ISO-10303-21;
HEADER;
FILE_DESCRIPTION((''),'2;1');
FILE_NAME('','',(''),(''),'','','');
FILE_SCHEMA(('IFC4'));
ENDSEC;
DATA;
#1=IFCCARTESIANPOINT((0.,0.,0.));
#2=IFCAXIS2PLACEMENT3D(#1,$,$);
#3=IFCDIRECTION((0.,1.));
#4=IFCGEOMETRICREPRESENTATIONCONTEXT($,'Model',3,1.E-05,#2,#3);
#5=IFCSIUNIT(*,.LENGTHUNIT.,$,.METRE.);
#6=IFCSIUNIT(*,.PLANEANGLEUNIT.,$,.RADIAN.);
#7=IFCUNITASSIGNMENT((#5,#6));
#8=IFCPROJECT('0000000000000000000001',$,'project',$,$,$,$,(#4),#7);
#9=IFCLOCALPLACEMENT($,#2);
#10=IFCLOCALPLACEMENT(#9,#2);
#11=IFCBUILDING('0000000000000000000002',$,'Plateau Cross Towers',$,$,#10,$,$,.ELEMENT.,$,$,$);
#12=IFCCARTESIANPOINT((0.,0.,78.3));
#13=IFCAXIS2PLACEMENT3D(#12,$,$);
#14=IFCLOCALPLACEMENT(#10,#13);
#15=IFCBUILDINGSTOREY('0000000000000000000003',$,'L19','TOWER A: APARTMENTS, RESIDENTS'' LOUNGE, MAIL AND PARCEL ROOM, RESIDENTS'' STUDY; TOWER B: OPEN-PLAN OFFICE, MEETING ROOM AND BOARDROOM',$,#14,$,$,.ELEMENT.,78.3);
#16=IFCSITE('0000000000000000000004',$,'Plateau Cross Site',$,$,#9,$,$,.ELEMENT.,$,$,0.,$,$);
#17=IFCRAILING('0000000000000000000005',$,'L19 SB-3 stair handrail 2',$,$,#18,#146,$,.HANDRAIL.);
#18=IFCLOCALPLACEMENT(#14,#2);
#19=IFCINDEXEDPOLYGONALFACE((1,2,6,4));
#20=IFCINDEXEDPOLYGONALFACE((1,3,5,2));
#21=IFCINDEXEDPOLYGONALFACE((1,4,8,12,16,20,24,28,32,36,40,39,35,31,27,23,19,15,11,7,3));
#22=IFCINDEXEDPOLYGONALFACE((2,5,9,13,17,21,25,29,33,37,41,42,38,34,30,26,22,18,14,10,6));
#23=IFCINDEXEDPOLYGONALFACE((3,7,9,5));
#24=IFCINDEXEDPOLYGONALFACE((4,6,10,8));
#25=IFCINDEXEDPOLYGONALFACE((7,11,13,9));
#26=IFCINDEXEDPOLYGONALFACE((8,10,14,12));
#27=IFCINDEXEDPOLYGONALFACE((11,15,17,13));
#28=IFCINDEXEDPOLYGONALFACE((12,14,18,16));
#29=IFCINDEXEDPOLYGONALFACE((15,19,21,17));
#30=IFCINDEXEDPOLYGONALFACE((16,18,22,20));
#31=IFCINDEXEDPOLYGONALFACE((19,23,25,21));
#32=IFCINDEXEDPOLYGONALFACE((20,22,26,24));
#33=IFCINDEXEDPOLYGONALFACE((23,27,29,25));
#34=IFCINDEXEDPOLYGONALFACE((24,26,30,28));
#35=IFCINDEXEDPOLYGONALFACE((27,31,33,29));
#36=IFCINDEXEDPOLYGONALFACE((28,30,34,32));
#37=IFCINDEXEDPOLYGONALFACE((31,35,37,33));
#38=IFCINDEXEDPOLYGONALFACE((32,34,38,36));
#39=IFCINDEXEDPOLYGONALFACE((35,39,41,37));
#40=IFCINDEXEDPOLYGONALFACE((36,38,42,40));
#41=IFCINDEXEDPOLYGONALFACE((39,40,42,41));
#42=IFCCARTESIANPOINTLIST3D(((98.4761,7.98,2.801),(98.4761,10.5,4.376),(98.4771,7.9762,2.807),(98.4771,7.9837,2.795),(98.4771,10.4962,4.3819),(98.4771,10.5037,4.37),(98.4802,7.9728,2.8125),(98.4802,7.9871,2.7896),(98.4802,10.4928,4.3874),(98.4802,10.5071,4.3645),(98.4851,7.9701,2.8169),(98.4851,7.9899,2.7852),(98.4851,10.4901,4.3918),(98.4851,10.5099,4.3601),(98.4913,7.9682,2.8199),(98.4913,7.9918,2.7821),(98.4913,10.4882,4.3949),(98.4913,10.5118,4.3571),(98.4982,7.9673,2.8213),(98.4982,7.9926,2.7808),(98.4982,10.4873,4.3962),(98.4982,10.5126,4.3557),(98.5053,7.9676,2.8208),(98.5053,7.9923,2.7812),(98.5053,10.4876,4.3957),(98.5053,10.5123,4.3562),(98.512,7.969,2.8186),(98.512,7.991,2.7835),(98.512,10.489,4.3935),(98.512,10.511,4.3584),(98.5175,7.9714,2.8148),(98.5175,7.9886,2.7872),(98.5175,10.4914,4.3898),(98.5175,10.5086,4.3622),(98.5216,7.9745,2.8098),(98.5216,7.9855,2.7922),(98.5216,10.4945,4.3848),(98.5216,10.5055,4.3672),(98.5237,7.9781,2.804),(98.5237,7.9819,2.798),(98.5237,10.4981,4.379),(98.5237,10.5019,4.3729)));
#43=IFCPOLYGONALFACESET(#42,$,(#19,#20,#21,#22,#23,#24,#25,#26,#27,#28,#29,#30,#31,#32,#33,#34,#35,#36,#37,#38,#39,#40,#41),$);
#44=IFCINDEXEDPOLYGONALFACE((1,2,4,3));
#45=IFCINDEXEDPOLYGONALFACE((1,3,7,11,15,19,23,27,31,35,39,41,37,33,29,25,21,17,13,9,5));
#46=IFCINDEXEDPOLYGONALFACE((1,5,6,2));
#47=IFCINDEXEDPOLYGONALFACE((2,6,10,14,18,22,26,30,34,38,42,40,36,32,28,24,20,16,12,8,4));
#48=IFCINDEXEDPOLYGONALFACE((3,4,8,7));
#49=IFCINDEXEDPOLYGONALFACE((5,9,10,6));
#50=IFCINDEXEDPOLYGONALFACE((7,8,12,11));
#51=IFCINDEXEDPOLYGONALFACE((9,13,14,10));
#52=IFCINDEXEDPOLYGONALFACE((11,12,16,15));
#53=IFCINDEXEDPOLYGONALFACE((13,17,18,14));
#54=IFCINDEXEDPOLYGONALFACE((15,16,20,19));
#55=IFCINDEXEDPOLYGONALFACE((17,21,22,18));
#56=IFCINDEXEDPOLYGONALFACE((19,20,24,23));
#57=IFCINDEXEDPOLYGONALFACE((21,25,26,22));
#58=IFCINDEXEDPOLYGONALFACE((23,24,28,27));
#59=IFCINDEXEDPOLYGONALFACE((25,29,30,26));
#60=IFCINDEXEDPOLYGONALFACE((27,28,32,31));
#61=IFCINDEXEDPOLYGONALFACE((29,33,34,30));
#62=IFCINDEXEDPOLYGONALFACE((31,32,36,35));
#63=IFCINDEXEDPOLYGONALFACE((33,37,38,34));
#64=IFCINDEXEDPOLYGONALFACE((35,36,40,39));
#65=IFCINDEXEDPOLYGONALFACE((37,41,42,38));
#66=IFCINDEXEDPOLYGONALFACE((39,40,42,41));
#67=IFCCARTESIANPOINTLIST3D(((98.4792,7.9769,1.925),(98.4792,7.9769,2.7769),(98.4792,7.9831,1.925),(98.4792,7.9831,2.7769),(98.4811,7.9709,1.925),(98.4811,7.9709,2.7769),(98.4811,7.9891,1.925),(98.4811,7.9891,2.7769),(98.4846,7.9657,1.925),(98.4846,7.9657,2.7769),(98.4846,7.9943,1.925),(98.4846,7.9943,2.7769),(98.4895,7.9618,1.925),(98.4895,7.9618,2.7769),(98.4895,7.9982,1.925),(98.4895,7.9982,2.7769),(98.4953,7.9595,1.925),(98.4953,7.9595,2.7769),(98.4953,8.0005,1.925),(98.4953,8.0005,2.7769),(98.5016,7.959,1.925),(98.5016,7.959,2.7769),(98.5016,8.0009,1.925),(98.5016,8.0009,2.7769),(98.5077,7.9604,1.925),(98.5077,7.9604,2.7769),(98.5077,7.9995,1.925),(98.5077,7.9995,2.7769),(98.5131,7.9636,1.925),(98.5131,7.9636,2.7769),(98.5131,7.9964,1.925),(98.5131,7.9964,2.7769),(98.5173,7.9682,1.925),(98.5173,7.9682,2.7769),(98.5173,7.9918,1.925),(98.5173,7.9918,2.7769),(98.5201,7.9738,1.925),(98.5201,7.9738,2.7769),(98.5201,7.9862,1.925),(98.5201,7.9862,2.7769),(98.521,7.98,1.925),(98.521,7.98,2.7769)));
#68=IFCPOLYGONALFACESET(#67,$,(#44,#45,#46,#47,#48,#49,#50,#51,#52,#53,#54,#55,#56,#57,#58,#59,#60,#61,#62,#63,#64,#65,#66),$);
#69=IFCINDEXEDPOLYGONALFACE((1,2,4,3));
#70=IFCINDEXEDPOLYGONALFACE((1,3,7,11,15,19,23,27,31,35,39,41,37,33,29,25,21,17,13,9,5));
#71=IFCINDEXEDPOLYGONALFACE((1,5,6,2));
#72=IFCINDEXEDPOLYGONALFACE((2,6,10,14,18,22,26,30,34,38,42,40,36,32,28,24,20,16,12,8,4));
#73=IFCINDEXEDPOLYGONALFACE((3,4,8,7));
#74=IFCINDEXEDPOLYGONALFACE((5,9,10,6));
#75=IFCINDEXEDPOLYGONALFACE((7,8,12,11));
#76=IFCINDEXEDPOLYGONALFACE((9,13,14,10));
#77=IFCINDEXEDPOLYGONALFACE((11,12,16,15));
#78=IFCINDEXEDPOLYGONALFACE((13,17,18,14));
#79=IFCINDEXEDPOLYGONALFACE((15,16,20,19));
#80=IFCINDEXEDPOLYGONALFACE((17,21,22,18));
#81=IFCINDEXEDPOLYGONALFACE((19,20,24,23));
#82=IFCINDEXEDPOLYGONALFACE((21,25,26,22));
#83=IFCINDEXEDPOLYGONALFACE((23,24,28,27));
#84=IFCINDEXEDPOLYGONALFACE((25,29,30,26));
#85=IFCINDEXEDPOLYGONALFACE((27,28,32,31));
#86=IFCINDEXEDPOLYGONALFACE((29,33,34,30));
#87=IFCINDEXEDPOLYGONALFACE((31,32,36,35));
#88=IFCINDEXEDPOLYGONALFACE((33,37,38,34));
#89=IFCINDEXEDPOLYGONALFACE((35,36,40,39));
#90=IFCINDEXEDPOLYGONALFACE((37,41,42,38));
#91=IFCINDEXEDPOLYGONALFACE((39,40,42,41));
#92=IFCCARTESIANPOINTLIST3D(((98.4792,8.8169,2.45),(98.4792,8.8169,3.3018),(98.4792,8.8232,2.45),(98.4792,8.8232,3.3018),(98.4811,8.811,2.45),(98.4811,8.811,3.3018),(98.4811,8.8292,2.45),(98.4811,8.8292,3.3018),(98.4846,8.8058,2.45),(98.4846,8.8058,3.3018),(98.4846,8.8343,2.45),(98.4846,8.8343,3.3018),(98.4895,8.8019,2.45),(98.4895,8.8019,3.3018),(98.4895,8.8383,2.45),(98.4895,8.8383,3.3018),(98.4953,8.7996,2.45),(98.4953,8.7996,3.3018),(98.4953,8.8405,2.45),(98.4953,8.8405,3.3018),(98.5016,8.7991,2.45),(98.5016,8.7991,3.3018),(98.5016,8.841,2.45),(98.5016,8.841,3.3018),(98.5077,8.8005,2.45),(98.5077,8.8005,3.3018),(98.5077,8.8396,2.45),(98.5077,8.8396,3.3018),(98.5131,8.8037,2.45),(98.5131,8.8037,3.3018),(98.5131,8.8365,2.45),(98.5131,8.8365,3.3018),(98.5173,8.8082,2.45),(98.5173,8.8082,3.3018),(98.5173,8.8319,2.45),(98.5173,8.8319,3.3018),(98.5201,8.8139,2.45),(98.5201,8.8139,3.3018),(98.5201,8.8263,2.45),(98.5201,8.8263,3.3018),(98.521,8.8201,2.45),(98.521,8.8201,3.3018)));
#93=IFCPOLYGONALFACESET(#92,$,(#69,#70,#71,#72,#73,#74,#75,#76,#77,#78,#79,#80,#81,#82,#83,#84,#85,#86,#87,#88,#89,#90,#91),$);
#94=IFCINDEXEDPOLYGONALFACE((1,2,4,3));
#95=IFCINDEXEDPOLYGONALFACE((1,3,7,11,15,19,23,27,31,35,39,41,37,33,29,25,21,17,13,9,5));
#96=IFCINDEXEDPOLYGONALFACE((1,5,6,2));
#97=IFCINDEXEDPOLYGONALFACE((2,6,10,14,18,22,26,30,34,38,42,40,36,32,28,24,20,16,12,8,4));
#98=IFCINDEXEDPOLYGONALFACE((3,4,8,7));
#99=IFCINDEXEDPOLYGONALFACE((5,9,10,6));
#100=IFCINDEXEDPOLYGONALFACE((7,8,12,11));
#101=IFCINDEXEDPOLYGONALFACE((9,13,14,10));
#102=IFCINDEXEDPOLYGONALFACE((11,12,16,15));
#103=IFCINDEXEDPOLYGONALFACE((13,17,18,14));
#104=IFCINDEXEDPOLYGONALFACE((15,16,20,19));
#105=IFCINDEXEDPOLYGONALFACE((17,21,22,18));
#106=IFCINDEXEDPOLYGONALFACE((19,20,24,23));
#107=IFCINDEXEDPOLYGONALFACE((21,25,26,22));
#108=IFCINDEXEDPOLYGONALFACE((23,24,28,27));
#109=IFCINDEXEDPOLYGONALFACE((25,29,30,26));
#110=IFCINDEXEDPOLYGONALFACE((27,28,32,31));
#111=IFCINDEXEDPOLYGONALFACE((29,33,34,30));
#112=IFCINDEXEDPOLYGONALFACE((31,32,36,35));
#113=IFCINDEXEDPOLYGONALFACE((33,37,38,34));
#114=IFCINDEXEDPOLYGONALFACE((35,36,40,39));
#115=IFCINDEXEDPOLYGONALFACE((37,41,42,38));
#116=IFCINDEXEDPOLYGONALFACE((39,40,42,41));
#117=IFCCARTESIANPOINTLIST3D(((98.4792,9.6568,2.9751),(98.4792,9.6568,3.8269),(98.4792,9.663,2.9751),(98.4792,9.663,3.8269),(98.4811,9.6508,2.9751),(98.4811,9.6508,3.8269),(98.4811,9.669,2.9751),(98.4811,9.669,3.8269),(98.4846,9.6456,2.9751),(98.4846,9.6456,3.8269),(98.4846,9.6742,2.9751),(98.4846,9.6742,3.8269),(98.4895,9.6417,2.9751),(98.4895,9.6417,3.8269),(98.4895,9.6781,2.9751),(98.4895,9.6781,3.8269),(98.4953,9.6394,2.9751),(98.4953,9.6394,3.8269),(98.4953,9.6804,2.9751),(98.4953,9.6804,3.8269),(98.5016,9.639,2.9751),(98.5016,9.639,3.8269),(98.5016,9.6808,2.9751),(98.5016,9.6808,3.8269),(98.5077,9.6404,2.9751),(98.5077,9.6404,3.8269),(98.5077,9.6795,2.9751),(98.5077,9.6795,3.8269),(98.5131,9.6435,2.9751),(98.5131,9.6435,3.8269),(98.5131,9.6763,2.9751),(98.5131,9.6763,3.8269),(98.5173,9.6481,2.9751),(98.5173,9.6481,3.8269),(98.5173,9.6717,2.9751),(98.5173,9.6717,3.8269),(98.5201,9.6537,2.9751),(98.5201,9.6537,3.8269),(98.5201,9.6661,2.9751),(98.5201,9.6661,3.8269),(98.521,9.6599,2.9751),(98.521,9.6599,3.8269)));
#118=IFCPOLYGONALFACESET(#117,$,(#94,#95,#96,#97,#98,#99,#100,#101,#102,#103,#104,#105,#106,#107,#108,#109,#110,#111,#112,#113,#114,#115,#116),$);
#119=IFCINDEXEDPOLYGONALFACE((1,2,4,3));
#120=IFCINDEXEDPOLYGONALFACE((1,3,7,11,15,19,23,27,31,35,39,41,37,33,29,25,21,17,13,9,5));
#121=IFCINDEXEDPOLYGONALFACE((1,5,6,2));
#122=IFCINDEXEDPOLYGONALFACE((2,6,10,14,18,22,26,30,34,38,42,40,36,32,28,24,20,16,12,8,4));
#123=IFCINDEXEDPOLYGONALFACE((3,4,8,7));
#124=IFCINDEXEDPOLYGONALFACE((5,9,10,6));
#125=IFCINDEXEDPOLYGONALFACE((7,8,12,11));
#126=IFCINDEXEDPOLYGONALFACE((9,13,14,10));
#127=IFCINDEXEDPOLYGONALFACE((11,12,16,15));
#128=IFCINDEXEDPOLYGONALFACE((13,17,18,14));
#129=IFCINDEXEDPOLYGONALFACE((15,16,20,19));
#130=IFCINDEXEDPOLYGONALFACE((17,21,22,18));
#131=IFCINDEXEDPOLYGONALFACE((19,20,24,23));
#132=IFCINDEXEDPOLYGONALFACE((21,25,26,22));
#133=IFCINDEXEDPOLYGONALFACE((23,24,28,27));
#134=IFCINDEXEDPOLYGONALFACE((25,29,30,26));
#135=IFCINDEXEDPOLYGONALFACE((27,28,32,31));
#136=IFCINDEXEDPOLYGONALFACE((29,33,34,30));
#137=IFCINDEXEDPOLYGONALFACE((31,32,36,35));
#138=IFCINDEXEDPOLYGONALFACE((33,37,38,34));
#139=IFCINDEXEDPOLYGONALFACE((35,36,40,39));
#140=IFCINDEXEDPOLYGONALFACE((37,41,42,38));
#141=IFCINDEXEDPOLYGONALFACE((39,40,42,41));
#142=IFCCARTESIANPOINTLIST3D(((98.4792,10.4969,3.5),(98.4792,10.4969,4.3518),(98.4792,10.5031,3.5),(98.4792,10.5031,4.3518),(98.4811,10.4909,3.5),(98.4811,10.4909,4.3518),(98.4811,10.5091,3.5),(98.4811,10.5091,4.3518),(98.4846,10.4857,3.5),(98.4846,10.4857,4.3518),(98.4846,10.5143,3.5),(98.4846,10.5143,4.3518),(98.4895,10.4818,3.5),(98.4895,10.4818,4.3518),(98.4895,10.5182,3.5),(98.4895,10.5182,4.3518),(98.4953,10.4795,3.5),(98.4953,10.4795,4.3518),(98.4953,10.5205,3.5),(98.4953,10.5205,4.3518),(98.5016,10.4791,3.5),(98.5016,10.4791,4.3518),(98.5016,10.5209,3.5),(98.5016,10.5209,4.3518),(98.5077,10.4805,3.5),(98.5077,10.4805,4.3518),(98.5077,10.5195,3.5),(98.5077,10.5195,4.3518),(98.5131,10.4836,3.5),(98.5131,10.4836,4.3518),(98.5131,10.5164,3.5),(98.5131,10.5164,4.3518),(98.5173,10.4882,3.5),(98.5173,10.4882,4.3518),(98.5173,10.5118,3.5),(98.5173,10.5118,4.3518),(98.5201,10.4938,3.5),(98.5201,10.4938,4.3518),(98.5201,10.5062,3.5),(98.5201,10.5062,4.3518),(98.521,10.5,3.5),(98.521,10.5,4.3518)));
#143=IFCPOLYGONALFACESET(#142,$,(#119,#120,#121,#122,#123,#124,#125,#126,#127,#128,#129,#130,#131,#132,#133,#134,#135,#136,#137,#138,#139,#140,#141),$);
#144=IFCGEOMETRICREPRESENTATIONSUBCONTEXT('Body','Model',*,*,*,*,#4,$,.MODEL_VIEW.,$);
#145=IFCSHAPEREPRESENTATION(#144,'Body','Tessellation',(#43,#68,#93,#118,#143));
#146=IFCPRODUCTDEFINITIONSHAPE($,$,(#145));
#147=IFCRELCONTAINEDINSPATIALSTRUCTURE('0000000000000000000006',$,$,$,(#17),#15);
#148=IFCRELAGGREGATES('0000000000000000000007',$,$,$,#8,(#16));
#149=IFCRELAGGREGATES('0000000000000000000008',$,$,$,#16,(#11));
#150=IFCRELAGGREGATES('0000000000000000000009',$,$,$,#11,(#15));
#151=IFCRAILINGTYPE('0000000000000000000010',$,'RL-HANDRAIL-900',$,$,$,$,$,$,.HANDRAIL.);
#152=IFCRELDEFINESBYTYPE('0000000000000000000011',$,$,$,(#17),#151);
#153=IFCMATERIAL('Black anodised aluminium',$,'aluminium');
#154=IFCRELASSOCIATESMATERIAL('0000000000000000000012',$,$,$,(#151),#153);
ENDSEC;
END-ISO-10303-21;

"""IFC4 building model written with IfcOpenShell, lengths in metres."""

from ifc_helpers import new_model, si_unit, direction, frame, origin, origin_2d, place, context, subcontext, project, spatial, circle, extrude, material, type_object, element, save


model = new_model("IFC4")

# Units and contexts
model_context = context("Model", 3, precision=1e-05, world=origin(), true_north=direction((0.0, 1.0)))
body_context = subcontext(model_context, "Body", "Model", "MODEL_VIEW")
ifc_project = project(units=[si_unit("LENGTHUNIT", "METRE"), si_unit("PLANEANGLEUNIT", "RADIAN")], contexts=[model_context])

# Site, building, storey
site_placement = place(None, origin())
site = spatial("IfcSite", under=ifc_project, at=site_placement, Name="Plateau Cross Site", CompositionType="ELEMENT", RefElevation=0.0)
building_placement = place(site_placement, origin())
building = spatial("IfcBuilding", under=site, at=building_placement, Name="Plateau Cross Towers", CompositionType="ELEMENT")
storey_placement = place(building_placement, frame((0.0, 0.0, 78.3)))
storey = spatial("IfcBuildingStorey", under=building, at=storey_placement, Name="L19", Description="TOWER A: APARTMENTS, RESIDENTS' LOUNGE, MAIL AND PARCEL ROOM, RESIDENTS' STUDY; TOWER B: OPEN-PLAN OFFICE, MEETING ROOM AND BOARDROOM", CompositionType="ELEMENT", Elevation=78.3)

# Shared definitions
ifc_material_1 = material(Name="Black anodised aluminium", Category="aluminium")

# Railing
railing_type_1 = type_object("IfcRailingType", Name="RL-HANDRAIL-900", PredefinedType="HANDRAIL", material=ifc_material_1)
railing_1_placement = place(storey_placement, frame((98.5, 7.98, 1.925)))
element("IfcRailing", 1, at=railing_1_placement, inside=storey, type_object=railing_type_1, Name="L19 SB-3 stair handrail 2", PredefinedType="HANDRAIL", context=body_context, shape_type="SweptSolid", body=[
    extrude(circle(Radius=0.0239, at=origin_2d()), frame((0.0, 0.0, 0.876), z_axis=(0.0, 0.848008, 0.529984), x_axis=(-1.0, 0.0, 0.0)), (0.0, 0.0, 1.0), 2.9717),
    extrude(circle(Radius=0.021, at=origin_2d()), origin(), (0.0, 0.0, 1.0), 0.8518),
    extrude(circle(Radius=0.021, at=origin_2d()), frame((0.0, 0.8401, 0.5249)), (0.0, 0.0, 1.0), 0.8518),
    extrude(circle(Radius=0.021, at=origin_2d()), frame((0.0, 1.6799, 1.05)), (0.0, 0.0, 1.0), 0.8518),
    extrude(circle(Radius=0.021, at=origin_2d()), frame((0.0, 2.52, 1.575)), (0.0, 0.0, 1.0), 0.8518),
])

save(model, "model.ifc")
